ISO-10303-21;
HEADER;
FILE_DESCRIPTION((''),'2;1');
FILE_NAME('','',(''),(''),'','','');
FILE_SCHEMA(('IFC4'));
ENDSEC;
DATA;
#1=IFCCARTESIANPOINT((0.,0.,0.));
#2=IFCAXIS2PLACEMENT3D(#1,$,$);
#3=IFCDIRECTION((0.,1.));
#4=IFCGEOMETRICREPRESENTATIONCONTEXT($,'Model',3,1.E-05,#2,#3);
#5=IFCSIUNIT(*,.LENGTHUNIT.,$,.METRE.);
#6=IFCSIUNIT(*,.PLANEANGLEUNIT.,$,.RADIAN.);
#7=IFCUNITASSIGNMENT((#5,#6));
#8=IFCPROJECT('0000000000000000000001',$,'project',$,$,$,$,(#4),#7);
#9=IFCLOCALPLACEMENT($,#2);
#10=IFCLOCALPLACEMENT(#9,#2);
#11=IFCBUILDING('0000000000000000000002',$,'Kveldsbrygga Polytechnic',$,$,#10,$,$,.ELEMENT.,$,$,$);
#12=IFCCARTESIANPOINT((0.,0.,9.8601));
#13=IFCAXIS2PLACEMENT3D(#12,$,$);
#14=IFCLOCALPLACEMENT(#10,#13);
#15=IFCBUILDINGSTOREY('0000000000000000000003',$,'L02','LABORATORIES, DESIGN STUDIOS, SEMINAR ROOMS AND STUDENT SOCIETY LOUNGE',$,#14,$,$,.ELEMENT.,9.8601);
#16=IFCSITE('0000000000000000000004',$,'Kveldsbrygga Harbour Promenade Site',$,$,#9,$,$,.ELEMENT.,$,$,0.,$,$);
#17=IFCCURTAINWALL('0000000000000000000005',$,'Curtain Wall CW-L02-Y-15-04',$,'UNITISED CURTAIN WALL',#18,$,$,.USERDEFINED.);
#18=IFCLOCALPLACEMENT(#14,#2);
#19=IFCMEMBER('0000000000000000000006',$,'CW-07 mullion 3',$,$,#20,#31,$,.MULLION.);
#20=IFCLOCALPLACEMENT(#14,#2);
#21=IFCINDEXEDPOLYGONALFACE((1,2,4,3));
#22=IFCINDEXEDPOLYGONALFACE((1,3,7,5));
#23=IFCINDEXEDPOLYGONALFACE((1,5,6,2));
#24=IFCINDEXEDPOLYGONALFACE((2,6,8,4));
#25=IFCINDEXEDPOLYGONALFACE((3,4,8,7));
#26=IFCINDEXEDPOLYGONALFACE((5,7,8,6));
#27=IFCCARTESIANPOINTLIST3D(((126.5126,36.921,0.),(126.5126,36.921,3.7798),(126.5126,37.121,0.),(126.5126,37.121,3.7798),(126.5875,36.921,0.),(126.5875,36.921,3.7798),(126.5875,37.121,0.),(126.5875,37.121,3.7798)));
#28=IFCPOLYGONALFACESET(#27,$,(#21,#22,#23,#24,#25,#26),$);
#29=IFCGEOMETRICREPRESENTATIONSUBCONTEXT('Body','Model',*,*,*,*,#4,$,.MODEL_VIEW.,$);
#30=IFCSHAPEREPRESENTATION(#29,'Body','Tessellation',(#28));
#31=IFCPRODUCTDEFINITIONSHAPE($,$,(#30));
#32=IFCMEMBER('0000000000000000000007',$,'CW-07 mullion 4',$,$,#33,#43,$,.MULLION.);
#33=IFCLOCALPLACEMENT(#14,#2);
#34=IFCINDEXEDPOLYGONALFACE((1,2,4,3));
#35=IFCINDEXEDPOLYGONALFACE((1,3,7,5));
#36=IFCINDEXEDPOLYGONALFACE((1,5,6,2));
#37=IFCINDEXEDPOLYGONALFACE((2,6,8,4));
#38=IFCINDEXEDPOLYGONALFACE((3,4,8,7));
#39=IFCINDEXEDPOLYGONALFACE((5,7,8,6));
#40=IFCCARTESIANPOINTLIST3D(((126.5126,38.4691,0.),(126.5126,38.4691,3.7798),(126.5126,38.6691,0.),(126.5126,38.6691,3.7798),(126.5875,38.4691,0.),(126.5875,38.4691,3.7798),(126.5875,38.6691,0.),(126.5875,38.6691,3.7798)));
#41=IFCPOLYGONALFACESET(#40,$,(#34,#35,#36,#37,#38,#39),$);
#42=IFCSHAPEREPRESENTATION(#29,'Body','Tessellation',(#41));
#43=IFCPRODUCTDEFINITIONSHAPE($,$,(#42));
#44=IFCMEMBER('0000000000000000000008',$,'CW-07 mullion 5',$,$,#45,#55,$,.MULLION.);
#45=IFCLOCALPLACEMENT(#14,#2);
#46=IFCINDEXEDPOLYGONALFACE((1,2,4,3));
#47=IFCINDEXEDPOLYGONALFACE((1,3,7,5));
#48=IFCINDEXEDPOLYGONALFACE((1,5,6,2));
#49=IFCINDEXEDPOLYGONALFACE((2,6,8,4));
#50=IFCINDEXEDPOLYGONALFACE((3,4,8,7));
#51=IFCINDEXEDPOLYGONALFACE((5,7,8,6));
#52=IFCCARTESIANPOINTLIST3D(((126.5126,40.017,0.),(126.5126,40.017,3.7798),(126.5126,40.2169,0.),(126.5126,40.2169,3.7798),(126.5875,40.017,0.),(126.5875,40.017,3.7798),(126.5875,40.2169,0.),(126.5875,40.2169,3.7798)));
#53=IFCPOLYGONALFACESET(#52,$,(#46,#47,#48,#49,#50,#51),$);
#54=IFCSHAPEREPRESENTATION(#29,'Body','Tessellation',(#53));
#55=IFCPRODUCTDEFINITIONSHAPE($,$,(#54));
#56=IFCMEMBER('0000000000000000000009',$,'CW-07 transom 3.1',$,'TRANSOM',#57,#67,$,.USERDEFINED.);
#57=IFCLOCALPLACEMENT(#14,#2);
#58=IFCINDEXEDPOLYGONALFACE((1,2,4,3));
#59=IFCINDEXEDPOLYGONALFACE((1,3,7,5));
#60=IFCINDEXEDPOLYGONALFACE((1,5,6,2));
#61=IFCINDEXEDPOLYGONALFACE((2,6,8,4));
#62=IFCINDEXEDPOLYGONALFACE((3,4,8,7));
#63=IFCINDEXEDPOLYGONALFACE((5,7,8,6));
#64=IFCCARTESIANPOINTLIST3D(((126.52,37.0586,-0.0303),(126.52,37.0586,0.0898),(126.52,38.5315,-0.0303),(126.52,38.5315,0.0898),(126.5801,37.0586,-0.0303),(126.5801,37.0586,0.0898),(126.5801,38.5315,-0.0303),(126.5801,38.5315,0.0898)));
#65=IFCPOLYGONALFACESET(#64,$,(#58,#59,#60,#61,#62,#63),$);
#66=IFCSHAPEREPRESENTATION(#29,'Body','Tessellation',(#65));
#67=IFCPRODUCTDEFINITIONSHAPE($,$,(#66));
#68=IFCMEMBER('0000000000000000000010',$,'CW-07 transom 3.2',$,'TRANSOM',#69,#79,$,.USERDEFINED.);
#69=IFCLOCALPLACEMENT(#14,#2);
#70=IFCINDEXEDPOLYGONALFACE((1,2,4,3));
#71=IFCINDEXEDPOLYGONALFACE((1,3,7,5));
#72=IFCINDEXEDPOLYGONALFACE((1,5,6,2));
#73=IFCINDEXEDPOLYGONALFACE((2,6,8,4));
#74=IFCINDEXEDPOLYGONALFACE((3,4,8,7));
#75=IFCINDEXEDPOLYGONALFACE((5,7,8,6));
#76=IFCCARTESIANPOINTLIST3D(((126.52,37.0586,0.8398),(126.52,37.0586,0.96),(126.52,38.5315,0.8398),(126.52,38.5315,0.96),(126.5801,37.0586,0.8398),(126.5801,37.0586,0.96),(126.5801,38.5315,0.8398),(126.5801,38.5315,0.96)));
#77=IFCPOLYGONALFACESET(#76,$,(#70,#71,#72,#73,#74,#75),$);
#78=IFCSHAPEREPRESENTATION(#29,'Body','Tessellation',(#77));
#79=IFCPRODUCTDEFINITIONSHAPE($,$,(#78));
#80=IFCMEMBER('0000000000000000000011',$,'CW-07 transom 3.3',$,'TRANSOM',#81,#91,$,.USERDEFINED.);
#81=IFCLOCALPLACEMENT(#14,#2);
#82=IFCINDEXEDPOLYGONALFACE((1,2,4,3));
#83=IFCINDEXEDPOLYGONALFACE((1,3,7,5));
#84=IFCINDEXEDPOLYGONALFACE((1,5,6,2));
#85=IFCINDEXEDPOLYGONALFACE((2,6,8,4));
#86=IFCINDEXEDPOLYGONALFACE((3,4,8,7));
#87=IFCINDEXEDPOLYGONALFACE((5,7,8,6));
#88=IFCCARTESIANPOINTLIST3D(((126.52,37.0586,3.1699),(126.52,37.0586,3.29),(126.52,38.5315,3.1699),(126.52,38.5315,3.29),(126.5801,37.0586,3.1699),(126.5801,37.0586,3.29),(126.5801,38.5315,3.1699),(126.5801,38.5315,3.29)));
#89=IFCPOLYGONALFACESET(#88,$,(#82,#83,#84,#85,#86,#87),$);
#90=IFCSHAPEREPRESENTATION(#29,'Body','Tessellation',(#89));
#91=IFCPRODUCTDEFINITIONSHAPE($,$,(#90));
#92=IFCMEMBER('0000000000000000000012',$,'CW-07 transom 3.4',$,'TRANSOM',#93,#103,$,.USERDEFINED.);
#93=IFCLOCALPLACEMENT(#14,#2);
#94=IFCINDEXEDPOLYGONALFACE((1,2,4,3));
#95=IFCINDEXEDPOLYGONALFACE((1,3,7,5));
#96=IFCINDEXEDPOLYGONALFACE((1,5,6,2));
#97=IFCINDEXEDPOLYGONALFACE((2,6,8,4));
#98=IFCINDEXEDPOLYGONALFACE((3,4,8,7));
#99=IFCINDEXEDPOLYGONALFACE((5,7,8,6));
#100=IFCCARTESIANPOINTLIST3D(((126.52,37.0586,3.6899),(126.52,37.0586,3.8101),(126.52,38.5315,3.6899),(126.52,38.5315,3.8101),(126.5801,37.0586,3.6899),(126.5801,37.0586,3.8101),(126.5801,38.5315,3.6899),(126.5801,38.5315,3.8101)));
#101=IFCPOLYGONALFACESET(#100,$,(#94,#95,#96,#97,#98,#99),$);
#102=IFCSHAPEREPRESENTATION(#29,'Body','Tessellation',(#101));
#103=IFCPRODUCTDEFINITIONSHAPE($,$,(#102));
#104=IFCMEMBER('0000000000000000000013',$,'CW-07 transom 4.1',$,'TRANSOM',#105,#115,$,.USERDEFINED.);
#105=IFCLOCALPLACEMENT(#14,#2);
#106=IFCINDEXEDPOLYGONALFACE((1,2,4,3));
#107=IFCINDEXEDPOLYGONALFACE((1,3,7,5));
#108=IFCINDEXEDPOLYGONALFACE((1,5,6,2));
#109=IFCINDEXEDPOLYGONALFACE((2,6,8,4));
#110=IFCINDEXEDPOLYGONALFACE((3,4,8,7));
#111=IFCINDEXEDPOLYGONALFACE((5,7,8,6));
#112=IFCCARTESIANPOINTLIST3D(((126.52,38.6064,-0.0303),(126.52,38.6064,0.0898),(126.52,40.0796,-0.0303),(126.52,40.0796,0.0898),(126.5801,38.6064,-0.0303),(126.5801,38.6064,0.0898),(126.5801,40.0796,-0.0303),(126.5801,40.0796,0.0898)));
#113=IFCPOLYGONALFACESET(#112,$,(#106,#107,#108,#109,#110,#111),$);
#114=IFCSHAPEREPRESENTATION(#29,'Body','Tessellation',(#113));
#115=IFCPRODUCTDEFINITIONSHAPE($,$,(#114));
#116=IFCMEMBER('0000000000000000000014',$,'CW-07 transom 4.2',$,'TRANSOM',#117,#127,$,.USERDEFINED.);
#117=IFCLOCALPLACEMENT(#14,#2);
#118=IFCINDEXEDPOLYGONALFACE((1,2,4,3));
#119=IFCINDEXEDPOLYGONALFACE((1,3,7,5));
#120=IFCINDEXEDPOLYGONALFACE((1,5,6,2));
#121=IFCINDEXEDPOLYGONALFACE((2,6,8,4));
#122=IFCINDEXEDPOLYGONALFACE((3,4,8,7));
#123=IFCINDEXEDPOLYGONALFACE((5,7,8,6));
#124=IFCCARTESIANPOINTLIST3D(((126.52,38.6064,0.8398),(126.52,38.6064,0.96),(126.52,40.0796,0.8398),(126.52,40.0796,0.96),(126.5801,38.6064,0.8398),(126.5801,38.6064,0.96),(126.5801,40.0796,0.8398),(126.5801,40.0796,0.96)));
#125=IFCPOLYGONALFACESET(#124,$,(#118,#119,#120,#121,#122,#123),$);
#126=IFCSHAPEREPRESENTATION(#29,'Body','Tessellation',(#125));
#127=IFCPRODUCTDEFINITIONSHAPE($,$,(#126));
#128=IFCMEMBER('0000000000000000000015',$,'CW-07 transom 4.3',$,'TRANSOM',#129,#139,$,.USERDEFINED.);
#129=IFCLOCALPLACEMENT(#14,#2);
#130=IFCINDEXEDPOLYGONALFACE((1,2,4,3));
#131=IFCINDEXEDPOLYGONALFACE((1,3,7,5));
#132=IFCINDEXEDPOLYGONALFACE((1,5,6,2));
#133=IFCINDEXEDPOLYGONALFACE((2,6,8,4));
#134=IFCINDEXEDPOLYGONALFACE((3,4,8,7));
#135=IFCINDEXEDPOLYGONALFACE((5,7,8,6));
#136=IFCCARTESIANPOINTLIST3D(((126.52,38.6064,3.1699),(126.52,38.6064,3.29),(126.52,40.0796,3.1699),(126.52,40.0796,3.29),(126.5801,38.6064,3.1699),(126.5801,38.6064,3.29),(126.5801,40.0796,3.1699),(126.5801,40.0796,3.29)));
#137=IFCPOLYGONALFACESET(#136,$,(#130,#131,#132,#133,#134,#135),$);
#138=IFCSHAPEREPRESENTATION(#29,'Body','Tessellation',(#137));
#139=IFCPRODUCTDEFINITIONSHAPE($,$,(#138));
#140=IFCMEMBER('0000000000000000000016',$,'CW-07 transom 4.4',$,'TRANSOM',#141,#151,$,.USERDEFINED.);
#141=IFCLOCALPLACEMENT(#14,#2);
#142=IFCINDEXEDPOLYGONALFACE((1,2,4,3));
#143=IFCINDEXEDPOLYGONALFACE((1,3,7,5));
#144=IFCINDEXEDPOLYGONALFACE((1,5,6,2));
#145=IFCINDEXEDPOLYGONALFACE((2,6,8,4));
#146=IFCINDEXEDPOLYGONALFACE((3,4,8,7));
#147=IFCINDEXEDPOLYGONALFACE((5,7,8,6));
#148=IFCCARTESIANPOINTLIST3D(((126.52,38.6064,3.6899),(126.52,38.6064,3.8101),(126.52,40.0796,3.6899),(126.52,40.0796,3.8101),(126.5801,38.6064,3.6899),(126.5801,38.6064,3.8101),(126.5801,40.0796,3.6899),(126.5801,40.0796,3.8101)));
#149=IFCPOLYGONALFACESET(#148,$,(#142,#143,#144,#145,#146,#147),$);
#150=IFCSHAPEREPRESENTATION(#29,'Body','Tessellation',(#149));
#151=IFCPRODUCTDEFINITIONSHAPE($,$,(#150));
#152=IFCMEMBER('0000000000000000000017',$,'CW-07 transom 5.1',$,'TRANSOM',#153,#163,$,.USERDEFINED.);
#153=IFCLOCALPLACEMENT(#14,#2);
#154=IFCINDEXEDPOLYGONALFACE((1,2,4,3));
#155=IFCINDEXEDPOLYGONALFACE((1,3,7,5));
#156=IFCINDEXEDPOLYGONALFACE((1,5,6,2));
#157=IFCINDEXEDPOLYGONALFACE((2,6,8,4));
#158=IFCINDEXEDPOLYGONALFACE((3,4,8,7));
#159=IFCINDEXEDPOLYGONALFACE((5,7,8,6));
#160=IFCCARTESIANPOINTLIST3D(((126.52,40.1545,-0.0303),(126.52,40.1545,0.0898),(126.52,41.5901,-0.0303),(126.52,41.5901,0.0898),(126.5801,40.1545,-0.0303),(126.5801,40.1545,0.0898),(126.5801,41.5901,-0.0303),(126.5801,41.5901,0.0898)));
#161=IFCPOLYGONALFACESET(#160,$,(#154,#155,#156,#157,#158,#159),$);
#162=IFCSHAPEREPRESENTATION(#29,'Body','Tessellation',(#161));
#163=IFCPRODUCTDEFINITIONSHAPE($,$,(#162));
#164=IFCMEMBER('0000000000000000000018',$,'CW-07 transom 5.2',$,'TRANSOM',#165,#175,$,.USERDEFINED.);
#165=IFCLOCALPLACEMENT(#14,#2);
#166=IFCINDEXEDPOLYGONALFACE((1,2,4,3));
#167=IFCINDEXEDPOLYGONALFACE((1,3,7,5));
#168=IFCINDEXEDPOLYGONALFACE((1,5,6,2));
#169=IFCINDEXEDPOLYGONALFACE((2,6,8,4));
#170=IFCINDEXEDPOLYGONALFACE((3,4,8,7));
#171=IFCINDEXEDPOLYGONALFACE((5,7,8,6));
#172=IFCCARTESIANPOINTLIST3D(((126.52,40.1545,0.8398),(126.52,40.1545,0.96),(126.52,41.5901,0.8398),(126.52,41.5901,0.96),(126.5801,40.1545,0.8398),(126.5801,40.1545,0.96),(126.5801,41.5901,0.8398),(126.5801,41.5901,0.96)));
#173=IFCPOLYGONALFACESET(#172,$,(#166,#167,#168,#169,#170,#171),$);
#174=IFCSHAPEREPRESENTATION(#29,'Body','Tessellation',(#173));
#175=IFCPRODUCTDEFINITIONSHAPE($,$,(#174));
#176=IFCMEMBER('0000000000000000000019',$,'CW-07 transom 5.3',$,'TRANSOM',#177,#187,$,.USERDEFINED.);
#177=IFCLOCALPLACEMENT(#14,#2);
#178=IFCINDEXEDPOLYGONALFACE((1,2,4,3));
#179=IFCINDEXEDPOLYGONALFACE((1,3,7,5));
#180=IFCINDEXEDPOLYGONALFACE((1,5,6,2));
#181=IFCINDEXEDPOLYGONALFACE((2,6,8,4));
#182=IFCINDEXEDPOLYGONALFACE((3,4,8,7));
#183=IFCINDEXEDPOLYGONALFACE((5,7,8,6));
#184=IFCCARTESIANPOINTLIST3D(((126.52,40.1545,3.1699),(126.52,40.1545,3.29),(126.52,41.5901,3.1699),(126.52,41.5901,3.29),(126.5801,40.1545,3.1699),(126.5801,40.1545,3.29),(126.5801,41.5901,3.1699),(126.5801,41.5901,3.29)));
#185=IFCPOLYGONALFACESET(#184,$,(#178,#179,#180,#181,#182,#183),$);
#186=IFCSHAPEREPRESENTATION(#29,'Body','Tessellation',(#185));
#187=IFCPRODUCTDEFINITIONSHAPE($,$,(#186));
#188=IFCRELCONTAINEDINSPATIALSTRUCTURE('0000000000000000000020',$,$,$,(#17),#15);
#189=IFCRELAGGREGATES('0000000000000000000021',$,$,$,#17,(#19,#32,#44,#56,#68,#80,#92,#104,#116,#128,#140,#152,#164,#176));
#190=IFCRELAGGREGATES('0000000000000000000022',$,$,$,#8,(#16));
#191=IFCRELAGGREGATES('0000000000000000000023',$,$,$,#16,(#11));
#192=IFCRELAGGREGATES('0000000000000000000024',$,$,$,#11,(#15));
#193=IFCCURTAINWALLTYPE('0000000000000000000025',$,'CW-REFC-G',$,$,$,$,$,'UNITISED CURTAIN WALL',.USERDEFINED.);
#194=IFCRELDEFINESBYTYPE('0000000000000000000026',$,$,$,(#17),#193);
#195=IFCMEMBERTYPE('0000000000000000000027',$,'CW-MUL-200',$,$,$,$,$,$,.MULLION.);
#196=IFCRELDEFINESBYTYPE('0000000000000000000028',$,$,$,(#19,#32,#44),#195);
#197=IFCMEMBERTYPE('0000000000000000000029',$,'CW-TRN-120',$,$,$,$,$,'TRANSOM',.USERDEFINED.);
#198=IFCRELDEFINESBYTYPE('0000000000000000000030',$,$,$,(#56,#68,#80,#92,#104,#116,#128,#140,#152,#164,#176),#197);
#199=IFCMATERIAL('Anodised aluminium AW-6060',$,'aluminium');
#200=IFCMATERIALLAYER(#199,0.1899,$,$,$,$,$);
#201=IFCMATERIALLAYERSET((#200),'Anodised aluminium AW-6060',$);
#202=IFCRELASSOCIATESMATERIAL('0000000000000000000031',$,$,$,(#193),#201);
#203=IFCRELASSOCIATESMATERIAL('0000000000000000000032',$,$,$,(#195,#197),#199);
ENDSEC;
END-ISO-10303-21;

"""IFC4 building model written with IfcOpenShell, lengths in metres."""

from ifc_helpers import new_model, si_unit, direction, frame, origin, origin_2d, place, context, subcontext, project, spatial, rectangle, extrude, material, layer, layer_set, material_profile, profile_set, type_object, element, aggregate, save


model = new_model("IFC4")

# Units and contexts
model_context = context("Model", 3, precision=1e-05, world=origin(), true_north=direction((0.0, 1.0)))
body_context = subcontext(model_context, "Body", "Model", "MODEL_VIEW")
ifc_project = project(units=[si_unit("LENGTHUNIT", "METRE"), si_unit("PLANEANGLEUNIT", "RADIAN")], contexts=[model_context])

# Site, building, storey
site_placement = place(None, origin())
site = spatial("IfcSite", under=ifc_project, at=site_placement, Name="Kveldsbrygga Harbour Promenade Site", CompositionType="ELEMENT", RefElevation=0.0)
building_placement = place(site_placement, origin())
building = spatial("IfcBuilding", under=site, at=building_placement, Name="Kveldsbrygga Polytechnic", CompositionType="ELEMENT")
storey_placement = place(building_placement, frame((0.0, 0.0, 9.8601)))
storey = spatial("IfcBuildingStorey", under=building, at=storey_placement, Name="L02", Description="LABORATORIES, DESIGN STUDIOS, SEMINAR ROOMS AND STUDENT SOCIETY LOUNGE", CompositionType="ELEMENT", Elevation=9.8601)

# Curtain wall, members
ifc_material_1 = material(Name="Anodised aluminium AW-6060", Category="aluminium")
ifc_layer_1 = layer(ifc_material_1, 0.1899)
ifc_layer_set_1 = layer_set([ifc_layer_1], Name="Anodised aluminium AW-6060")
curtain_wall_type = type_object("IfcCurtainWallType", Name="CW-REFC-G", ElementType="UNITISED CURTAIN WALL", PredefinedType="USERDEFINED", material=ifc_layer_set_1)
curtain_wall_placement = place(storey_placement, origin())
curtain_wall = element("IfcCurtainWall", 1, at=curtain_wall_placement, inside=storey, type_object=curtain_wall_type, Name="Curtain Wall CW-L02-Y-15-04", ObjectType="UNITISED CURTAIN WALL", PredefinedType="USERDEFINED")
ifc_material_profile_1 = material_profile(ifc_material_1, rectangle(XDim=0.075, YDim=0.2, at=origin_2d()), Name="ALU 75x200")
ifc_profile_set_1 = profile_set([ifc_material_profile_1], Name="Anodised aluminium AW-6060")
member_type_1 = type_object("IfcMemberType", Name="CW-MUL-200", PredefinedType="MULLION", material=ifc_profile_set_1)
member_1_placement = place(storey_placement, frame((126.55, 37.021, 0.0), z_axis=(0.0, 0.0, 1.0), x_axis=(-1.0, 0.0, 0.0)))
member_1 = element("IfcMember", 2, at=member_1_placement, type_object=member_type_1, Name="CW-07 mullion 3", PredefinedType="MULLION", context=body_context, shape_type="SweptSolid", body=[
    extrude(rectangle(XDim=0.075, YDim=0.2, at=origin_2d()), origin(), (0.0, 0.0, 1.0), 3.7798),
])
member_2_placement = place(storey_placement, frame((126.55, 38.5691, 0.0), z_axis=(0.0, 0.0, 1.0), x_axis=(-1.0, 0.0, 0.0)))
member_2 = element("IfcMember", 3, at=member_2_placement, type_object=member_type_1, Name="CW-07 mullion 4", PredefinedType="MULLION", context=body_context, shape_type="SweptSolid", body=[
    extrude(rectangle(XDim=0.075, YDim=0.2, at=origin_2d()), origin(), (0.0, 0.0, 1.0), 3.7798),
])
member_3_placement = place(storey_placement, frame((126.55, 40.1169, 0.0), z_axis=(0.0, 0.0, 1.0), x_axis=(-1.0, 0.0, 0.0)))
member_3 = element("IfcMember", 4, at=member_3_placement, type_object=member_type_1, Name="CW-07 mullion 5", PredefinedType="MULLION", context=body_context, shape_type="SweptSolid", body=[
    extrude(rectangle(XDim=0.075, YDim=0.2, at=origin_2d()), origin(), (0.0, 0.0, 1.0), 3.7798),
])
ifc_material_profile_2 = material_profile(ifc_material_1, rectangle(XDim=0.0601, YDim=0.1201, at=origin_2d()), Name="ALU 60x120")
ifc_profile_set_2 = profile_set([ifc_material_profile_2], Name="Anodised aluminium AW-6060")
member_type_2 = type_object("IfcMemberType", Name="CW-TRN-120", ElementType="TRANSOM", PredefinedType="USERDEFINED", material=ifc_profile_set_2)
member_4_placement = place(storey_placement, frame((126.55, 37.0586, 0.0298), z_axis=(0.0, 1.0, 0.0), x_axis=(-1.0, 0.0, 0.0)))
member_4 = element("IfcMember", 5, at=member_4_placement, type_object=member_type_2, Name="CW-07 transom 3.1", ObjectType="TRANSOM", PredefinedType="USERDEFINED", context=body_context, shape_type="SweptSolid", body=[
    extrude(rectangle(XDim=0.0601, YDim=0.1201, at=origin_2d()), origin(), (0.0, 0.0, 1.0), 1.4729),
])
member_5_placement = place(storey_placement, frame((126.55, 37.0586, 0.8999), z_axis=(0.0, 1.0, 0.0), x_axis=(-1.0, 0.0, 0.0)))
member_5 = element("IfcMember", 6, at=member_5_placement, type_object=member_type_2, Name="CW-07 transom 3.2", ObjectType="TRANSOM", PredefinedType="USERDEFINED", context=body_context, shape_type="SweptSolid", body=[
    extrude(rectangle(XDim=0.0601, YDim=0.1201, at=origin_2d()), origin(), (0.0, 0.0, 1.0), 1.4729),
])
member_6_placement = place(storey_placement, frame((126.55, 37.0586, 3.23), z_axis=(0.0, 1.0, 0.0), x_axis=(-1.0, 0.0, 0.0)))
member_6 = element("IfcMember", 7, at=member_6_placement, type_object=member_type_2, Name="CW-07 transom 3.3", ObjectType="TRANSOM", PredefinedType="USERDEFINED", context=body_context, shape_type="SweptSolid", body=[
    extrude(rectangle(XDim=0.0601, YDim=0.1201, at=origin_2d()), origin(), (0.0, 0.0, 1.0), 1.4729),
])
member_7_placement = place(storey_placement, frame((126.55, 37.0586, 3.75), z_axis=(0.0, 1.0, 0.0), x_axis=(-1.0, 0.0, 0.0)))
member_7 = element("IfcMember", 8, at=member_7_placement, type_object=member_type_2, Name="CW-07 transom 3.4", ObjectType="TRANSOM", PredefinedType="USERDEFINED", context=body_context, shape_type="SweptSolid", body=[
    extrude(rectangle(XDim=0.0601, YDim=0.1201, at=origin_2d()), origin(), (0.0, 0.0, 1.0), 1.4729),
])
member_8_placement = place(storey_placement, frame((126.55, 38.6064, 0.0298), z_axis=(0.0, 1.0, 0.0), x_axis=(-1.0, 0.0, 0.0)))
member_8 = element("IfcMember", 9, at=member_8_placement, type_object=member_type_2, Name="CW-07 transom 4.1", ObjectType="TRANSOM", PredefinedType="USERDEFINED", context=body_context, shape_type="SweptSolid", body=[
    extrude(rectangle(XDim=0.0601, YDim=0.1201, at=origin_2d()), origin(), (0.0, 0.0, 1.0), 1.4731),
])
member_9_placement = place(storey_placement, frame((126.55, 38.6064, 0.8999), z_axis=(0.0, 1.0, 0.0), x_axis=(-1.0, 0.0, 0.0)))
member_9 = element("IfcMember", 10, at=member_9_placement, type_object=member_type_2, Name="CW-07 transom 4.2", ObjectType="TRANSOM", PredefinedType="USERDEFINED", context=body_context, shape_type="SweptSolid", body=[
    extrude(rectangle(XDim=0.0601, YDim=0.1201, at=origin_2d()), origin(), (0.0, 0.0, 1.0), 1.4731),
])
member_10_placement = place(storey_placement, frame((126.55, 38.6064, 3.23), z_axis=(0.0, 1.0, 0.0), x_axis=(-1.0, 0.0, 0.0)))
member_10 = element("IfcMember", 11, at=member_10_placement, type_object=member_type_2, Name="CW-07 transom 4.3", ObjectType="TRANSOM", PredefinedType="USERDEFINED", context=body_context, shape_type="SweptSolid", body=[
    extrude(rectangle(XDim=0.0601, YDim=0.1201, at=origin_2d()), origin(), (0.0, 0.0, 1.0), 1.4731),
])
member_11_placement = place(storey_placement, frame((126.55, 38.6064, 3.75), z_axis=(0.0, 1.0, 0.0), x_axis=(-1.0, 0.0, 0.0)))
member_11 = element("IfcMember", 12, at=member_11_placement, type_object=member_type_2, Name="CW-07 transom 4.4", ObjectType="TRANSOM", PredefinedType="USERDEFINED", context=body_context, shape_type="SweptSolid", body=[
    extrude(rectangle(XDim=0.0601, YDim=0.1201, at=origin_2d()), origin(), (0.0, 0.0, 1.0), 1.4731),
])
member_12_placement = place(storey_placement, frame((126.55, 40.1545, 0.0298), z_axis=(0.0, 1.0, 0.0), x_axis=(-1.0, 0.0, 0.0)))
member_12 = element("IfcMember", 13, at=member_12_placement, type_object=member_type_2, Name="CW-07 transom 5.1", ObjectType="TRANSOM", PredefinedType="USERDEFINED", context=body_context, shape_type="SweptSolid", body=[
    extrude(rectangle(XDim=0.0601, YDim=0.1201, at=origin_2d()), origin(), (0.0, 0.0, 1.0), 1.4355),
])
member_13_placement = place(storey_placement, frame((126.55, 40.1545, 0.8999), z_axis=(0.0, 1.0, 0.0), x_axis=(-1.0, 0.0, 0.0)))
member_13 = element("IfcMember", 14, at=member_13_placement, type_object=member_type_2, Name="CW-07 transom 5.2", ObjectType="TRANSOM", PredefinedType="USERDEFINED", context=body_context, shape_type="SweptSolid", body=[
    extrude(rectangle(XDim=0.0601, YDim=0.1201, at=origin_2d()), origin(), (0.0, 0.0, 1.0), 1.4355),
])
member_14_placement = place(storey_placement, frame((126.55, 40.1545, 3.23), z_axis=(0.0, 1.0, 0.0), x_axis=(-1.0, 0.0, 0.0)))
member_14 = element("IfcMember", 15, at=member_14_placement, type_object=member_type_2, Name="CW-07 transom 5.3", ObjectType="TRANSOM", PredefinedType="USERDEFINED", context=body_context, shape_type="SweptSolid", body=[
    extrude(rectangle(XDim=0.0601, YDim=0.1201, at=origin_2d()), origin(), (0.0, 0.0, 1.0), 1.4355),
])

aggregate(curtain_wall, [member_1, member_2, member_3, member_4, member_5, member_6, member_7, member_8, member_9, member_10, member_11, member_12, member_13, member_14])

save(model, "model.ifc")
